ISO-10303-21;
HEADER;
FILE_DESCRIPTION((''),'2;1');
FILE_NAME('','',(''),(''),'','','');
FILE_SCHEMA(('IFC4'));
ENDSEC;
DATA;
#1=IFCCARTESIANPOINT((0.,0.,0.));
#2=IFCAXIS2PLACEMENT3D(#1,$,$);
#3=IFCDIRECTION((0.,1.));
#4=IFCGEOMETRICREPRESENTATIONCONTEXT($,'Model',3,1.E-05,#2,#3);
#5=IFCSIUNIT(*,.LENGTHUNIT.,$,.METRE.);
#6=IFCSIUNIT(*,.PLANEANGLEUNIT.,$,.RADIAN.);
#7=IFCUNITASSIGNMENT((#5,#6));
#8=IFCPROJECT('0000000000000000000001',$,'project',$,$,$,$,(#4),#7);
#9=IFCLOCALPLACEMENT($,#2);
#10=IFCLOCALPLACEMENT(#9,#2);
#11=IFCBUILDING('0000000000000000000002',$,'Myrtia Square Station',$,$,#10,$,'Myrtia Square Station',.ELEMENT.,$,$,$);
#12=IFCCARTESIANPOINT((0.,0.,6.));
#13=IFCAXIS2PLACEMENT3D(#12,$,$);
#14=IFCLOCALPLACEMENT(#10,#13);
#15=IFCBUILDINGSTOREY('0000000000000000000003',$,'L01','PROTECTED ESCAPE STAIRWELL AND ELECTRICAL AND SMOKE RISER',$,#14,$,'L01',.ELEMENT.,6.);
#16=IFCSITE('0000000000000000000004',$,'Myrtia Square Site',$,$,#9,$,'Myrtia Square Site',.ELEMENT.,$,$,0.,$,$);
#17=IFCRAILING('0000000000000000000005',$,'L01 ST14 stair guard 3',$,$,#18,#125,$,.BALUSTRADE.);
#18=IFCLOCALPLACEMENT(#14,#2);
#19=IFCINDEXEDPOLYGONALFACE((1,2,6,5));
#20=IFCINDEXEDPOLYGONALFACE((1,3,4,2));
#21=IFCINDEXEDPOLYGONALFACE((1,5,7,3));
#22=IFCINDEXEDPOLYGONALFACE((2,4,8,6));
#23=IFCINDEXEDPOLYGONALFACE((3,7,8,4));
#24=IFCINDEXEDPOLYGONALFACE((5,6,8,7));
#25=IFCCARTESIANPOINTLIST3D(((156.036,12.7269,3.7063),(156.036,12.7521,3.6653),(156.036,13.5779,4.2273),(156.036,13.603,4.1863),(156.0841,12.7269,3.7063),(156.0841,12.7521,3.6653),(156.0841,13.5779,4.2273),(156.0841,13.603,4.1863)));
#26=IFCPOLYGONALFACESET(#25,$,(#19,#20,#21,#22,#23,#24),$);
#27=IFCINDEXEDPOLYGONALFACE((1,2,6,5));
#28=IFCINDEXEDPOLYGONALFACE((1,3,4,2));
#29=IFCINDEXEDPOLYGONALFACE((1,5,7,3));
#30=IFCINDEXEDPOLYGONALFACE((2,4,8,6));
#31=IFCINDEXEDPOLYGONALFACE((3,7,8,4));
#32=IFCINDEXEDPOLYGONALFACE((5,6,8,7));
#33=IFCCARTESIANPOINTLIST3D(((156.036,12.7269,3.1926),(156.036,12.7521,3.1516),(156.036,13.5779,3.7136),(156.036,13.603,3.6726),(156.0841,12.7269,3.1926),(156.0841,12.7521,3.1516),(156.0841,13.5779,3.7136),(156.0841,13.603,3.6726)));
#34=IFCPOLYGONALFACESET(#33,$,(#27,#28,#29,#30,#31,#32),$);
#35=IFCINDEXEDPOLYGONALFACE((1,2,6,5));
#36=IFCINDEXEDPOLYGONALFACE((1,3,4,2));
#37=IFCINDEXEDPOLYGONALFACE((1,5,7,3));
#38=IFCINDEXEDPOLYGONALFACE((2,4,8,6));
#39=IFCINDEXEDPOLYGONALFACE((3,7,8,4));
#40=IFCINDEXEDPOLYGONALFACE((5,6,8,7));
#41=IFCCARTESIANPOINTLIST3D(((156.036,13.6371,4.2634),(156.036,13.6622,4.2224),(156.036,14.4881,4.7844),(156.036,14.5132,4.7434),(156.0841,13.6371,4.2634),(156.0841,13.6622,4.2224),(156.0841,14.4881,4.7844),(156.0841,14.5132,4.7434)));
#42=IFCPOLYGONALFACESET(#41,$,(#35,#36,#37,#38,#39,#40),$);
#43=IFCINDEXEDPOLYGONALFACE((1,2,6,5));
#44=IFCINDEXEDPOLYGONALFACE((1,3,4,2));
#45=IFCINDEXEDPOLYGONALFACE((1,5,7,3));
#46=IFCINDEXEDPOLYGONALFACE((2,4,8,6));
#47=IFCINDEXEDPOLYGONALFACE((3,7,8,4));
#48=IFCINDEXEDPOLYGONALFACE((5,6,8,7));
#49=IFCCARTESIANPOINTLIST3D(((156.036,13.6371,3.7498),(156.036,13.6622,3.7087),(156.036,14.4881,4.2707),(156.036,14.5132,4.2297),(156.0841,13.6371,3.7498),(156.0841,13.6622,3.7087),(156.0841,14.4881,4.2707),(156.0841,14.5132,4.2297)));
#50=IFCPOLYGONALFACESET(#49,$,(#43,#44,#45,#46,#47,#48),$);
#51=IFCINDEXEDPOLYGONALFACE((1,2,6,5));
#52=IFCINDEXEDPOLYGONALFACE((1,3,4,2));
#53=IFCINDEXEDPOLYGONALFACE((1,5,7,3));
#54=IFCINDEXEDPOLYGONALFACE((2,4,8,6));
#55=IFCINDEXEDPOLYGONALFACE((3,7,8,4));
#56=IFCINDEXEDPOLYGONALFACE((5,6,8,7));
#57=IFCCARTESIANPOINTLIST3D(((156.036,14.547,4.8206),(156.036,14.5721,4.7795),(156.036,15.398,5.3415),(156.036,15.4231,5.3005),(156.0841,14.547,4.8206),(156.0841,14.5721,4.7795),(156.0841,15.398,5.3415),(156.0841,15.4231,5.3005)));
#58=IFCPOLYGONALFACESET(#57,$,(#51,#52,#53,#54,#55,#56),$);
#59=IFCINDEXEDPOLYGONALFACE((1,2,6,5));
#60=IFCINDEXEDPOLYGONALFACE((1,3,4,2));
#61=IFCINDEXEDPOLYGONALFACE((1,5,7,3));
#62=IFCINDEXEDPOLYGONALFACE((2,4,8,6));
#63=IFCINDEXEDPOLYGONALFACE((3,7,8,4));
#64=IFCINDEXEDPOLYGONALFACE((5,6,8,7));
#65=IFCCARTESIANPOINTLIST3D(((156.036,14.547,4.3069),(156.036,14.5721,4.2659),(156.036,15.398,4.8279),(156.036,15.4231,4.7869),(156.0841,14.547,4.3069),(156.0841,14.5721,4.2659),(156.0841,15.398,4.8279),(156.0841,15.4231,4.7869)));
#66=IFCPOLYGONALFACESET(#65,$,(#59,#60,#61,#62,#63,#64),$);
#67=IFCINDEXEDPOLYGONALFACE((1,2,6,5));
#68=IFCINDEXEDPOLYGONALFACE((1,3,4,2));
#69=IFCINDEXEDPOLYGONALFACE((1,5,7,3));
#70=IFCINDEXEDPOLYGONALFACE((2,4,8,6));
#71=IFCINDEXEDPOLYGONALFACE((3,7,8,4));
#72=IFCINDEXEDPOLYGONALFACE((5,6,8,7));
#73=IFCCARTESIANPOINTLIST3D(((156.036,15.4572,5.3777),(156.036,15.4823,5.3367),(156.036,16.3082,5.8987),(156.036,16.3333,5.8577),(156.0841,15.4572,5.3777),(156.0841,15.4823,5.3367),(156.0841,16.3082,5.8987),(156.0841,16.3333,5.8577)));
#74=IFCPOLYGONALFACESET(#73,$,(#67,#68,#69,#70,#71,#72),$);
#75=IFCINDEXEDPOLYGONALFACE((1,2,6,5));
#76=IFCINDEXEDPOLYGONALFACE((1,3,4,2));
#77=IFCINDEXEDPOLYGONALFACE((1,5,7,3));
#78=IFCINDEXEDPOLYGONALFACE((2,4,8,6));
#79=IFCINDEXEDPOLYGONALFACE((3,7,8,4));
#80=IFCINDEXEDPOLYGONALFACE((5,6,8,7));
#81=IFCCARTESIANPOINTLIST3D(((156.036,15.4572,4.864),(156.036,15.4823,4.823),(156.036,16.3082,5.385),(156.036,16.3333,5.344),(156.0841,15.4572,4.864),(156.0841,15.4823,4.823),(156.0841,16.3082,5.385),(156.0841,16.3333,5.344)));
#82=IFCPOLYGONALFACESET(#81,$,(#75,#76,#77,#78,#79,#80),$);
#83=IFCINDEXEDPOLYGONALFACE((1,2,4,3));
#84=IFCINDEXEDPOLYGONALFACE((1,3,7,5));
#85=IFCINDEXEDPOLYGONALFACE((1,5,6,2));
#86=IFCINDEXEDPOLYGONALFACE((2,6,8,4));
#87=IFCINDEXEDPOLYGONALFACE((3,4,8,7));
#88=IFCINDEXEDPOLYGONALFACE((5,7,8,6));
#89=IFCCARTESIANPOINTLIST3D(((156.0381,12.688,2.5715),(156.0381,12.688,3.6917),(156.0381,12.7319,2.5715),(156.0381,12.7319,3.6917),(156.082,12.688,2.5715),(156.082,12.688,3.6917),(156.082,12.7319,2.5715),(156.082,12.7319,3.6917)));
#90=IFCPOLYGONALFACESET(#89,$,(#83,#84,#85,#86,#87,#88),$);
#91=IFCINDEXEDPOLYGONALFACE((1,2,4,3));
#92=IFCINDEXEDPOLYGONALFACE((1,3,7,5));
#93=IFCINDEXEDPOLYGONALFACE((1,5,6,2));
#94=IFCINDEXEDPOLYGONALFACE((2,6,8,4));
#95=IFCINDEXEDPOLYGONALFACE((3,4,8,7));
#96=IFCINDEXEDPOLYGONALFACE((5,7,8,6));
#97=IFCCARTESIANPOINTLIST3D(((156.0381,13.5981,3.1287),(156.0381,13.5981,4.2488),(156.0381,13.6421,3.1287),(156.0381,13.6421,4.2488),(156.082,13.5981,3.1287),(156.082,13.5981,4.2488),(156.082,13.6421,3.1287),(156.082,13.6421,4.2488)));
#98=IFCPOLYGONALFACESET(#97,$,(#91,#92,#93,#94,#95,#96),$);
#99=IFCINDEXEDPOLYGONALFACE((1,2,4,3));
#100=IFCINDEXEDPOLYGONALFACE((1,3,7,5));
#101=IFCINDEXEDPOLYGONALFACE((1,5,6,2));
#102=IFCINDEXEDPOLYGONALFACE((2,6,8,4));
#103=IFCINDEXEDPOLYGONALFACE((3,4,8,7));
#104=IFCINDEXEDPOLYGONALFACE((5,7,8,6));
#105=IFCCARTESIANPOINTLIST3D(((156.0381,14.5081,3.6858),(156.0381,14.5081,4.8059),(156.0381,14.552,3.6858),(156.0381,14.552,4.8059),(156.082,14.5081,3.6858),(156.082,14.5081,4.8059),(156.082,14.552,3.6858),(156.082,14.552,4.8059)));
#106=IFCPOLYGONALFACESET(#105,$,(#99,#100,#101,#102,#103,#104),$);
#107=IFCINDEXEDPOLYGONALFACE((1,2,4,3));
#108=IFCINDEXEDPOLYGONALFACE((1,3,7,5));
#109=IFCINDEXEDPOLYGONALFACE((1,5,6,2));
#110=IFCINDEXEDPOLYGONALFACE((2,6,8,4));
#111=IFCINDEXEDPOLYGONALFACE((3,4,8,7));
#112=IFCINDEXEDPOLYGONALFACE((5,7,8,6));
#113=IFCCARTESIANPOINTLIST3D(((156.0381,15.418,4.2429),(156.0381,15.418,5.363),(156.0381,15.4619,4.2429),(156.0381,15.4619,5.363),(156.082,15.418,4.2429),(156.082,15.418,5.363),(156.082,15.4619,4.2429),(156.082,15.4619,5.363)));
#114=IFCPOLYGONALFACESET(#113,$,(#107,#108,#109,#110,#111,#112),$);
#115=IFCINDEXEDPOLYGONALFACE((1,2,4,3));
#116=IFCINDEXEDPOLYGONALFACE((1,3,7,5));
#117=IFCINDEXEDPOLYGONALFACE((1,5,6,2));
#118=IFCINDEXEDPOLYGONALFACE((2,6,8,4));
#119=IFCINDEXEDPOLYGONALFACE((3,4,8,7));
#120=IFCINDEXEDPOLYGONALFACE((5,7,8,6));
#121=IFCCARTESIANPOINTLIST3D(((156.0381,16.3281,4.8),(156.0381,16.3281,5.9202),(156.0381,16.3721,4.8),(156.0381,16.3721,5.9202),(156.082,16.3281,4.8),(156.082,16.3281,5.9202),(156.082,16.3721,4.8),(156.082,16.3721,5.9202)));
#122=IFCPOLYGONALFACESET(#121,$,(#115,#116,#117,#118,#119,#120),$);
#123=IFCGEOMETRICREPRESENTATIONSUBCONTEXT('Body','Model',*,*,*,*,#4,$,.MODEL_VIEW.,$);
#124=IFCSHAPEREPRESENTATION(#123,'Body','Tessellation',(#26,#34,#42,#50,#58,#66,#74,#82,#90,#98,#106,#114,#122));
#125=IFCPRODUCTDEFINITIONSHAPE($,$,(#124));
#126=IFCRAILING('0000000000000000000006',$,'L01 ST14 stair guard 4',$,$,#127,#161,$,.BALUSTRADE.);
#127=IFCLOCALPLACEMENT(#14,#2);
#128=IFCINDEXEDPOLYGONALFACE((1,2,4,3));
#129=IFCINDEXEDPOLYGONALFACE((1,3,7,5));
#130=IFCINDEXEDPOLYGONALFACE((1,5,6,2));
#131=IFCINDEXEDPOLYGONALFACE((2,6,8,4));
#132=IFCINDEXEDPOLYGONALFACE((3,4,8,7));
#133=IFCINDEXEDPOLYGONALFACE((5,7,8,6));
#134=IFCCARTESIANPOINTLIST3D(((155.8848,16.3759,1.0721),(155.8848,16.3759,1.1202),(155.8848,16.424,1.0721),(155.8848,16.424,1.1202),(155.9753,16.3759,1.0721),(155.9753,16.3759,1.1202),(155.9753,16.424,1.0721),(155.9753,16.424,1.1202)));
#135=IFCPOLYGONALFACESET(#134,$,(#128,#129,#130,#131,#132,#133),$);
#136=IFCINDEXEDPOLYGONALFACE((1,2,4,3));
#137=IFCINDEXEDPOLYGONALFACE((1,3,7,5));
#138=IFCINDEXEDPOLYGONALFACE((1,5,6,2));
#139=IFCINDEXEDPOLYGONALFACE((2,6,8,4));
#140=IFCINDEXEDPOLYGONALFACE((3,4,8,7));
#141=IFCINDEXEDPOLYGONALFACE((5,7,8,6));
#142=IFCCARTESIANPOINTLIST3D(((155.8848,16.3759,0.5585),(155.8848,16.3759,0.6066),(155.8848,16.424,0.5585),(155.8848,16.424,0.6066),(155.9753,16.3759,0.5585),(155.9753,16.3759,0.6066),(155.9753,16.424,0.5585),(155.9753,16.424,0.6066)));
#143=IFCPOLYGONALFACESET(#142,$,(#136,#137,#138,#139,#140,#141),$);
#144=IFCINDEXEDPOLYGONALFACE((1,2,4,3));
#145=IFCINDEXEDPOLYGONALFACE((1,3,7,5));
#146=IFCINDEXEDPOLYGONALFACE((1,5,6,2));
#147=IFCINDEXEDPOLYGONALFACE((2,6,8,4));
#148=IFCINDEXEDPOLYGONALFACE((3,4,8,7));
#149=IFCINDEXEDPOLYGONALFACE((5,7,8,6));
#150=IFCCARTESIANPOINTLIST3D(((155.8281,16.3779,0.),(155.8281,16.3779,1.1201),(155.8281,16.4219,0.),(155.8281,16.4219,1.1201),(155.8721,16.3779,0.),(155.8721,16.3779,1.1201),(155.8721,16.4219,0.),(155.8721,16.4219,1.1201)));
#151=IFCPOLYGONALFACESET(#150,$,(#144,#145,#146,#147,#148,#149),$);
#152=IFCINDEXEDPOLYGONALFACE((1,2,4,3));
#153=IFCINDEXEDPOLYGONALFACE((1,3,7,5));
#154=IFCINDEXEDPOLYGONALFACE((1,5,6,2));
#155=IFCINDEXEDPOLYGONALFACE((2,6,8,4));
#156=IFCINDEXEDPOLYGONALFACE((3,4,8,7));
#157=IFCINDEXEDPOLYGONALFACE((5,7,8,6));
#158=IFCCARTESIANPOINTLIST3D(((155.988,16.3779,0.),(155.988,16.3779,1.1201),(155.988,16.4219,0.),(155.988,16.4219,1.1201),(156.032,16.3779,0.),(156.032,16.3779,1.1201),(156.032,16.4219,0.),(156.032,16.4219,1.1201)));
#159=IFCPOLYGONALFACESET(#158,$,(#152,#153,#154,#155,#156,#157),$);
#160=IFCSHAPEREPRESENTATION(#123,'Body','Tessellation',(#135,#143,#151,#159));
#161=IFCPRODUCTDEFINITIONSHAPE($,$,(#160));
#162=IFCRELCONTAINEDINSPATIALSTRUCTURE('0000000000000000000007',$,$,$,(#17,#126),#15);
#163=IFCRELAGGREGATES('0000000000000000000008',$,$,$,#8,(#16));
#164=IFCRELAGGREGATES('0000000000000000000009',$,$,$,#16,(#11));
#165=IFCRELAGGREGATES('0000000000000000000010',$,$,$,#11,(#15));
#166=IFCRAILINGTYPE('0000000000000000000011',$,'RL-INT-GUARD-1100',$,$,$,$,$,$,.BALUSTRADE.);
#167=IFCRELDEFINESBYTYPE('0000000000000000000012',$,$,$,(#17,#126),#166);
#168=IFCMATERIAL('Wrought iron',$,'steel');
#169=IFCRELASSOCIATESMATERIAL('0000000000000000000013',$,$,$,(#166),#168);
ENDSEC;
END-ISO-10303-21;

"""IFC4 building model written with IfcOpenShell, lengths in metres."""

from ifc_helpers import new_model, si_unit, direction, frame, origin, origin_2d, place, context, subcontext, project, spatial, rectangle, extrude, material, type_object, element, save


model = new_model("IFC4")

# Units and contexts
model_context = context("Model", 3, precision=1e-05, world=origin(), true_north=direction((0.0, 1.0)))
body_context = subcontext(model_context, "Body", "Model", "MODEL_VIEW")
ifc_project = project(units=[si_unit("LENGTHUNIT", "METRE"), si_unit("PLANEANGLEUNIT", "RADIAN")], contexts=[model_context])

# Site, building, storey
site_placement = place(None, origin())
site = spatial("IfcSite", under=ifc_project, at=site_placement, Name="Myrtia Square Site", LongName="Myrtia Square Site", CompositionType="ELEMENT", RefElevation=0.0)
building_placement = place(site_placement, origin())
building = spatial("IfcBuilding", under=site, at=building_placement, Name="Myrtia Square Station", LongName="Myrtia Square Station", CompositionType="ELEMENT")
storey_placement = place(building_placement, frame((0.0, 0.0, 6.0)))
storey = spatial("IfcBuildingStorey", under=building, at=storey_placement, Name="L01", Description="PROTECTED ESCAPE STAIRWELL AND ELECTRICAL AND SMOKE RISER", LongName="L01", CompositionType="ELEMENT", Elevation=6.0)

# Railings
ifc_material_1 = material(Name="Wrought iron", Category="steel")
railing_type_1 = type_object("IfcRailingType", Name="RL-INT-GUARD-1100", PredefinedType="BALUSTRADE", material=ifc_material_1)
railing_1_placement = place(storey_placement, frame((156.0601, 12.71, 2.5715)))
element("IfcRailing", 1, at=railing_1_placement, inside=storey, type_object=railing_type_1, Name="L01 ST14 stair guard 3", PredefinedType="BALUSTRADE", context=body_context, shape_type="SweptSolid", body=[
    extrude(rectangle(XDim=0.0481, YDim=0.0481, at=origin_2d()), frame((0.0, 0.0295, 1.1143), z_axis=(0.0, 0.852866, 0.52213), x_axis=(-1.0, 0.0, 0.0)), (0.0, 0.0, 1.0), 0.9978),
    extrude(rectangle(XDim=0.0481, YDim=0.0481, at=origin_2d()), frame((0.0, 0.0295, 0.6006), z_axis=(0.0, 0.852866, 0.52213), x_axis=(-1.0, 0.0, 0.0)), (0.0, 0.0, 1.0), 0.9978),
    extrude(rectangle(XDim=0.0481, YDim=0.0481, at=origin_2d()), frame((0.0, 0.9397, 1.6714), z_axis=(0.0, 0.852866, 0.52213), x_axis=(-1.0, 0.0, 0.0)), (0.0, 0.0, 1.0), 0.9978),
    extrude(rectangle(XDim=0.0481, YDim=0.0481, at=origin_2d()), frame((0.0, 0.9397, 1.1577), z_axis=(0.0, 0.852866, 0.52213), x_axis=(-1.0, 0.0, 0.0)), (0.0, 0.0, 1.0), 0.9978),
    extrude(rectangle(XDim=0.0481, YDim=0.0481, at=origin_2d()), frame((0.0, 1.8496, 2.2285), z_axis=(0.0, 0.852866, 0.52213), x_axis=(-1.0, 0.0, 0.0)), (0.0, 0.0, 1.0), 0.9978),
    extrude(rectangle(XDim=0.0481, YDim=0.0481, at=origin_2d()), frame((0.0, 1.8496, 1.7148), z_axis=(0.0, 0.852866, 0.52213), x_axis=(-1.0, 0.0, 0.0)), (0.0, 0.0, 1.0), 0.9978),
    extrude(rectangle(XDim=0.0481, YDim=0.0481, at=origin_2d()), frame((0.0, 2.7598, 2.7856), z_axis=(0.0, 0.852866, 0.52213), x_axis=(-1.0, 0.0, 0.0)), (0.0, 0.0, 1.0), 0.9978),
    extrude(rectangle(XDim=0.0481, YDim=0.0481, at=origin_2d()), frame((0.0, 2.7598, 2.272), z_axis=(0.0, 0.852866, 0.52213), x_axis=(-1.0, 0.0, 0.0)), (0.0, 0.0, 1.0), 0.9978),
    extrude(rectangle(XDim=0.0439, YDim=0.0439, at=origin_2d()), origin(), (0.0, 0.0, 1.0), 1.1201),
    extrude(rectangle(XDim=0.0439, YDim=0.0439, at=origin_2d()), frame((0.0, 0.9102, 0.5571)), (0.0, 0.0, 1.0), 1.1201),
    extrude(rectangle(XDim=0.0439, YDim=0.0439, at=origin_2d()), frame((0.0, 1.8201, 1.1143)), (0.0, 0.0, 1.0), 1.1201),
    extrude(rectangle(XDim=0.0439, YDim=0.0439, at=origin_2d()), frame((0.0, 2.73, 1.6714)), (0.0, 0.0, 1.0), 1.1201),
    extrude(rectangle(XDim=0.0439, YDim=0.0439, at=origin_2d()), frame((0.0, 3.6401, 2.2285)), (0.0, 0.0, 1.0), 1.1201),
])
railing_2_placement = place(storey_placement, frame((155.8501, 16.3999, 0.0)))
element("IfcRailing", 2, at=railing_2_placement, inside=storey, type_object=railing_type_1, Name="L01 ST14 stair guard 4", PredefinedType="BALUSTRADE", context=body_context, shape_type="SweptSolid", body=[
    extrude(rectangle(XDim=0.0481, YDim=0.0481, at=origin_2d()), frame((0.0347, 0.0, 1.0962), z_axis=(1.0, 0.0, 0.0), x_axis=(0.0, 1.0, 0.0)), (0.0, 0.0, 1.0), 0.0906),
    extrude(rectangle(XDim=0.0481, YDim=0.0481, at=origin_2d()), frame((0.0347, 0.0, 0.5825), z_axis=(1.0, 0.0, 0.0), x_axis=(0.0, 1.0, 0.0)), (0.0, 0.0, 1.0), 0.0906),
    extrude(rectangle(XDim=0.0439, YDim=0.0439, at=origin_2d()), origin(), (0.0, 0.0, 1.0), 1.1201),
    extrude(rectangle(XDim=0.0439, YDim=0.0439, at=origin_2d()), frame((0.1599, 0.0, 0.0)), (0.0, 0.0, 1.0), 1.1201),
])

save(model, "model.ifc")
